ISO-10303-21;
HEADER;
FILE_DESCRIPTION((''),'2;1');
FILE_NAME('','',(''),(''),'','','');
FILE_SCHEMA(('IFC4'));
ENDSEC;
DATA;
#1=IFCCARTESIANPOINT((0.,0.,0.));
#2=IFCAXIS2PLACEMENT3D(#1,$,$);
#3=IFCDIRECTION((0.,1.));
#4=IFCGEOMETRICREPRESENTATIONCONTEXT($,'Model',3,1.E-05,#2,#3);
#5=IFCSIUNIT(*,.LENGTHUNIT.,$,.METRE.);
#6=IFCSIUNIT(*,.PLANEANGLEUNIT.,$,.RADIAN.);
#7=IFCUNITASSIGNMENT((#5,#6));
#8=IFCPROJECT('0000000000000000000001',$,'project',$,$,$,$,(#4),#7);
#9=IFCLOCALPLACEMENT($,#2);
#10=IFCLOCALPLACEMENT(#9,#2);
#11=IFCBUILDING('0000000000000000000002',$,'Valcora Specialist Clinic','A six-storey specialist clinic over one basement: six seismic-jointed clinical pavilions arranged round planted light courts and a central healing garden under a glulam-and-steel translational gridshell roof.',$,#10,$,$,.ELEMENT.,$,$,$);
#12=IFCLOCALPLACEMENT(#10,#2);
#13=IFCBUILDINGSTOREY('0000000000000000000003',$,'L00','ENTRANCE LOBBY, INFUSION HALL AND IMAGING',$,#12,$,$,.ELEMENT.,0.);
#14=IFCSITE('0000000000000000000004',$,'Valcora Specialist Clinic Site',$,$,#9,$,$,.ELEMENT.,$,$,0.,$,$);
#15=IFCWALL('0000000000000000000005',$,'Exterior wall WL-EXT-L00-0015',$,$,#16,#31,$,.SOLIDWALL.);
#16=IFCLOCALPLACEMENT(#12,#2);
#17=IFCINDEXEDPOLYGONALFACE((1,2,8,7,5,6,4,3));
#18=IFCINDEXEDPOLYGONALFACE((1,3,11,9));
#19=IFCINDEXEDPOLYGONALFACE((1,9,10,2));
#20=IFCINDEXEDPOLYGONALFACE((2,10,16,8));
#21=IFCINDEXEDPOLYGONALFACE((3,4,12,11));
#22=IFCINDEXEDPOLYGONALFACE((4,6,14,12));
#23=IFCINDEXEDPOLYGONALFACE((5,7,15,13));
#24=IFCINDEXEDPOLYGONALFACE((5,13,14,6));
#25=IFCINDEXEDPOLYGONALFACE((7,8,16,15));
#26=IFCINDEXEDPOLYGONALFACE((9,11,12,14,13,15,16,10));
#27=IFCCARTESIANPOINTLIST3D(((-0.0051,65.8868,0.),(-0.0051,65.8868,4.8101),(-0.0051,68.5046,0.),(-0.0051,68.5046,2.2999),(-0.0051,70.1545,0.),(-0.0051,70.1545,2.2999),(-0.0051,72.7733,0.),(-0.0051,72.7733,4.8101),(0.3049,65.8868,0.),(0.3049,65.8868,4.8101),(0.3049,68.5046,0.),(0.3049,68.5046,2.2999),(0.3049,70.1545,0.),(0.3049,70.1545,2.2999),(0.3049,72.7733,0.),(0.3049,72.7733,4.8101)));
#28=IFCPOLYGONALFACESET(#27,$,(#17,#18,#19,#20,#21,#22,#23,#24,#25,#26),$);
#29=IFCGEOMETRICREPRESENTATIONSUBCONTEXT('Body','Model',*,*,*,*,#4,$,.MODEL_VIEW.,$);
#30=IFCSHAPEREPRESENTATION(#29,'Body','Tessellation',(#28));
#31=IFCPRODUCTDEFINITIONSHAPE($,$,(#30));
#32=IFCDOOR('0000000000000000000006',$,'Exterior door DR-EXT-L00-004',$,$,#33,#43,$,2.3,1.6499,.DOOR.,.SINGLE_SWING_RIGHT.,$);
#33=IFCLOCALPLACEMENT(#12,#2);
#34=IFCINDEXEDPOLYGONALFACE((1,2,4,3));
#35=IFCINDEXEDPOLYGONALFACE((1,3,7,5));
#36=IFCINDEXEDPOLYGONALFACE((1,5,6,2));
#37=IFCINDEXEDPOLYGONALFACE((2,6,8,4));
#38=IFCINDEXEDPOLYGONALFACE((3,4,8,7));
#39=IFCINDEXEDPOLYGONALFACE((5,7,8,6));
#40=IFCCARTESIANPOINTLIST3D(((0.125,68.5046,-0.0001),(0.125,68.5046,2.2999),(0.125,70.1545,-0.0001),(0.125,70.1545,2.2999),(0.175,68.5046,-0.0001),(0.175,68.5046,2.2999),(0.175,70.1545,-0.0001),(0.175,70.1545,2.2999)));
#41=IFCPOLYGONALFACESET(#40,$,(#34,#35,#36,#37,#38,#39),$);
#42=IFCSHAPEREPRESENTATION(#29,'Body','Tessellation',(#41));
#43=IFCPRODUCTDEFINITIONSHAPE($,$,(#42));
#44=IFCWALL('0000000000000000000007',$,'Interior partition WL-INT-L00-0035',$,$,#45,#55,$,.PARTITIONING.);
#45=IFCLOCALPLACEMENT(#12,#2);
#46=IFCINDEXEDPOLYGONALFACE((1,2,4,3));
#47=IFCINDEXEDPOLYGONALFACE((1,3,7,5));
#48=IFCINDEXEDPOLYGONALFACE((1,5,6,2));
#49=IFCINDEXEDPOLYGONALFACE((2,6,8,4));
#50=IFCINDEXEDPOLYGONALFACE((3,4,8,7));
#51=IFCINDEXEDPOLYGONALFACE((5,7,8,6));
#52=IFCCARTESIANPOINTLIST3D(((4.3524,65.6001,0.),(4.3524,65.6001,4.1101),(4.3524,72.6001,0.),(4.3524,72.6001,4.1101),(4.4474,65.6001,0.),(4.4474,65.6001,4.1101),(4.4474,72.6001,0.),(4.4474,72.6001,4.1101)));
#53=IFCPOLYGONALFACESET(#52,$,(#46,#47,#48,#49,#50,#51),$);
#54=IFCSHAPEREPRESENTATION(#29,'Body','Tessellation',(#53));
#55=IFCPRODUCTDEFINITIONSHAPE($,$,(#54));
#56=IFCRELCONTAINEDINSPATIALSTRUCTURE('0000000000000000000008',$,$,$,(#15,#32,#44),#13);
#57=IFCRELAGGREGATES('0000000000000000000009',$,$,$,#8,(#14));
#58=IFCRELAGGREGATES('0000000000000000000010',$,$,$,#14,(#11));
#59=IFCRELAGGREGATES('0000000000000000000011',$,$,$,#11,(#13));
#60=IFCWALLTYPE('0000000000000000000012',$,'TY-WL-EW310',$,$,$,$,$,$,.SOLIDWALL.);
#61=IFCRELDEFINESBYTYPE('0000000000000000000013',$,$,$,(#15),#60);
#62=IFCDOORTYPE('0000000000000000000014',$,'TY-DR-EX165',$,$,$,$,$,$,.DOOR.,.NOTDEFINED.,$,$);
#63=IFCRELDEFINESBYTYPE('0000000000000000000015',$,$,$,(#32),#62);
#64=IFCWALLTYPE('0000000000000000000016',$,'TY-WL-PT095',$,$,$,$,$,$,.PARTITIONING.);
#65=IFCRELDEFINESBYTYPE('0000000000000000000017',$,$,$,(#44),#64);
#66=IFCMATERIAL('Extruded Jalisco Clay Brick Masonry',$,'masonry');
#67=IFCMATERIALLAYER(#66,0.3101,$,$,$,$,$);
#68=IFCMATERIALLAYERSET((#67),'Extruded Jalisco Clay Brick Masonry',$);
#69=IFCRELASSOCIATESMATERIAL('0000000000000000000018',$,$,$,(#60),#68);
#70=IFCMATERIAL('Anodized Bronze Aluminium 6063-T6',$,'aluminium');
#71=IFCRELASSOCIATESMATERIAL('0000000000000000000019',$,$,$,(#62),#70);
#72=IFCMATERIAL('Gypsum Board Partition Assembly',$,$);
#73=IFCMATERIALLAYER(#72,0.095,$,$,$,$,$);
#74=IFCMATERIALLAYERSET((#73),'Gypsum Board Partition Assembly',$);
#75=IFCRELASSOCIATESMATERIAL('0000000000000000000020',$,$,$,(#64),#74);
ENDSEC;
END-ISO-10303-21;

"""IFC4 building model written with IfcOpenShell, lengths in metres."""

from ifc_helpers import new_model, si_unit, direction, frame, frame_2d, origin, place, context, subcontext, project, spatial, rectangle, extrude, material, layer, layer_set, type_object, element, fill, save


model = new_model("IFC4")

# Units and contexts
model_context = context("Model", 3, precision=1e-05, world=origin(), true_north=direction((0.0, 1.0)))
body_context = subcontext(model_context, "Body", "Model", "MODEL_VIEW")
ifc_project = project(units=[si_unit("LENGTHUNIT", "METRE"), si_unit("PLANEANGLEUNIT", "RADIAN")], contexts=[model_context])

# Site, building, storey
site_placement = place(None, origin())
site = spatial("IfcSite", under=ifc_project, at=site_placement, Name="Valcora Specialist Clinic Site", CompositionType="ELEMENT", RefElevation=0.0)
building_placement = place(site_placement, origin())
building = spatial("IfcBuilding", under=site, at=building_placement, Name="Valcora Specialist Clinic", Description="A six-storey specialist clinic over one basement: six seismic-jointed clinical pavilions arranged round planted light courts and a central healing garden under a glulam-and-steel translational gridshell roof.", CompositionType="ELEMENT")
storey_placement = place(building_placement, origin())
storey = spatial("IfcBuildingStorey", under=building, at=storey_placement, Name="L00", Description="ENTRANCE LOBBY, INFUSION HALL AND IMAGING", CompositionType="ELEMENT", Elevation=0.0)

# Shared definitions
ifc_material_1 = material(Name="Extruded Jalisco Clay Brick Masonry", Category="masonry")

# Wall, opening, door
ifc_layer_1 = layer(ifc_material_1, 0.3101)
ifc_layer_set_1 = layer_set([ifc_layer_1], Name="Extruded Jalisco Clay Brick Masonry")
wall_type_1 = type_object("IfcWallType", Name="TY-WL-EW310", PredefinedType="SOLIDWALL", material=ifc_layer_set_1)
wall_1_placement = place(storey_placement, frame((0.1499, 65.8867, 0.0), z_axis=(0.0, 0.0, 1.0), x_axis=(0.0, 1.0, 0.0)))
wall_1 = element("IfcWall", 1, at=wall_1_placement, inside=storey, type_object=wall_type_1, Name="Exterior wall WL-EXT-L00-0015", PredefinedType="SOLIDWALL", context=body_context, shape_type="SweptSolid", body=[
    extrude(rectangle(XDim=6.8865, YDim=0.3101, at=frame_2d((3.4434, 0.0))), origin(), (0.0, 0.0, 1.0), 4.8101),
])
opening_1_placement = place(wall_1_placement, frame((2.6179, 0.0, 0.0)))
opening_1 = element("IfcOpeningElement", 2, at=opening_1_placement, cuts=wall_1, PredefinedType="OPENING", context=body_context, shape_type="SweptSolid", body=[
    extrude(rectangle(XDim=1.6499, YDim=2.3, at=frame_2d((0.825, 1.1499))), frame((0.0, 0.165, 0.0), z_axis=(0.0, -1.0, 0.0), x_axis=(1.0, 0.0, 0.0)), (0.0, 0.0, 1.0), 0.3301),
])
ifc_material_2 = material(Name="Anodized Bronze Aluminium 6063-T6", Category="aluminium")
door_type = type_object("IfcDoorType", Name="TY-DR-EX165", OperationType="NOTDEFINED", PredefinedType="DOOR", material=ifc_material_2)
door_placement = place(opening_1_placement, origin())
door = element("IfcDoor", 3, at=door_placement, inside=storey, type_object=door_type, Name="Exterior door DR-EXT-L00-004", OperationType="SINGLE_SWING_RIGHT", OverallHeight=2.3, OverallWidth=1.6499, PredefinedType="DOOR", context=body_context, shape_type="SweptSolid", body=[
    extrude(rectangle(XDim=1.6499, YDim=2.3, at=frame_2d((0.825, 1.1499))), frame((0.0, 0.0249, 0.0), z_axis=(0.0, -1.0, 0.0), x_axis=(1.0, 0.0, 0.0)), (0.0, 0.0, 1.0), 0.05),
])
fill(opening_1, door)

# Wall
ifc_material_3 = material(Name="Gypsum Board Partition Assembly")
ifc_layer_2 = layer(ifc_material_3, 0.095)
ifc_layer_set_2 = layer_set([ifc_layer_2], Name="Gypsum Board Partition Assembly")
wall_type_2 = type_object("IfcWallType", Name="TY-WL-PT095", PredefinedType="PARTITIONING", material=ifc_layer_set_2)
wall_2_placement = place(storey_placement, frame((4.3999, 65.6001, 0.0), z_axis=(0.0, 0.0, 1.0), x_axis=(0.0, 1.0, 0.0)))
element("IfcWall", 4, at=wall_2_placement, inside=storey, type_object=wall_type_2, Name="Interior partition WL-INT-L00-0035", PredefinedType="PARTITIONING", context=body_context, shape_type="SweptSolid", body=[
    extrude(rectangle(XDim=7.0, YDim=0.095, at=frame_2d((3.5, 0.0))), origin(), (0.0, 0.0, 1.0), 4.1101),
])

save(model, "model.ifc")
